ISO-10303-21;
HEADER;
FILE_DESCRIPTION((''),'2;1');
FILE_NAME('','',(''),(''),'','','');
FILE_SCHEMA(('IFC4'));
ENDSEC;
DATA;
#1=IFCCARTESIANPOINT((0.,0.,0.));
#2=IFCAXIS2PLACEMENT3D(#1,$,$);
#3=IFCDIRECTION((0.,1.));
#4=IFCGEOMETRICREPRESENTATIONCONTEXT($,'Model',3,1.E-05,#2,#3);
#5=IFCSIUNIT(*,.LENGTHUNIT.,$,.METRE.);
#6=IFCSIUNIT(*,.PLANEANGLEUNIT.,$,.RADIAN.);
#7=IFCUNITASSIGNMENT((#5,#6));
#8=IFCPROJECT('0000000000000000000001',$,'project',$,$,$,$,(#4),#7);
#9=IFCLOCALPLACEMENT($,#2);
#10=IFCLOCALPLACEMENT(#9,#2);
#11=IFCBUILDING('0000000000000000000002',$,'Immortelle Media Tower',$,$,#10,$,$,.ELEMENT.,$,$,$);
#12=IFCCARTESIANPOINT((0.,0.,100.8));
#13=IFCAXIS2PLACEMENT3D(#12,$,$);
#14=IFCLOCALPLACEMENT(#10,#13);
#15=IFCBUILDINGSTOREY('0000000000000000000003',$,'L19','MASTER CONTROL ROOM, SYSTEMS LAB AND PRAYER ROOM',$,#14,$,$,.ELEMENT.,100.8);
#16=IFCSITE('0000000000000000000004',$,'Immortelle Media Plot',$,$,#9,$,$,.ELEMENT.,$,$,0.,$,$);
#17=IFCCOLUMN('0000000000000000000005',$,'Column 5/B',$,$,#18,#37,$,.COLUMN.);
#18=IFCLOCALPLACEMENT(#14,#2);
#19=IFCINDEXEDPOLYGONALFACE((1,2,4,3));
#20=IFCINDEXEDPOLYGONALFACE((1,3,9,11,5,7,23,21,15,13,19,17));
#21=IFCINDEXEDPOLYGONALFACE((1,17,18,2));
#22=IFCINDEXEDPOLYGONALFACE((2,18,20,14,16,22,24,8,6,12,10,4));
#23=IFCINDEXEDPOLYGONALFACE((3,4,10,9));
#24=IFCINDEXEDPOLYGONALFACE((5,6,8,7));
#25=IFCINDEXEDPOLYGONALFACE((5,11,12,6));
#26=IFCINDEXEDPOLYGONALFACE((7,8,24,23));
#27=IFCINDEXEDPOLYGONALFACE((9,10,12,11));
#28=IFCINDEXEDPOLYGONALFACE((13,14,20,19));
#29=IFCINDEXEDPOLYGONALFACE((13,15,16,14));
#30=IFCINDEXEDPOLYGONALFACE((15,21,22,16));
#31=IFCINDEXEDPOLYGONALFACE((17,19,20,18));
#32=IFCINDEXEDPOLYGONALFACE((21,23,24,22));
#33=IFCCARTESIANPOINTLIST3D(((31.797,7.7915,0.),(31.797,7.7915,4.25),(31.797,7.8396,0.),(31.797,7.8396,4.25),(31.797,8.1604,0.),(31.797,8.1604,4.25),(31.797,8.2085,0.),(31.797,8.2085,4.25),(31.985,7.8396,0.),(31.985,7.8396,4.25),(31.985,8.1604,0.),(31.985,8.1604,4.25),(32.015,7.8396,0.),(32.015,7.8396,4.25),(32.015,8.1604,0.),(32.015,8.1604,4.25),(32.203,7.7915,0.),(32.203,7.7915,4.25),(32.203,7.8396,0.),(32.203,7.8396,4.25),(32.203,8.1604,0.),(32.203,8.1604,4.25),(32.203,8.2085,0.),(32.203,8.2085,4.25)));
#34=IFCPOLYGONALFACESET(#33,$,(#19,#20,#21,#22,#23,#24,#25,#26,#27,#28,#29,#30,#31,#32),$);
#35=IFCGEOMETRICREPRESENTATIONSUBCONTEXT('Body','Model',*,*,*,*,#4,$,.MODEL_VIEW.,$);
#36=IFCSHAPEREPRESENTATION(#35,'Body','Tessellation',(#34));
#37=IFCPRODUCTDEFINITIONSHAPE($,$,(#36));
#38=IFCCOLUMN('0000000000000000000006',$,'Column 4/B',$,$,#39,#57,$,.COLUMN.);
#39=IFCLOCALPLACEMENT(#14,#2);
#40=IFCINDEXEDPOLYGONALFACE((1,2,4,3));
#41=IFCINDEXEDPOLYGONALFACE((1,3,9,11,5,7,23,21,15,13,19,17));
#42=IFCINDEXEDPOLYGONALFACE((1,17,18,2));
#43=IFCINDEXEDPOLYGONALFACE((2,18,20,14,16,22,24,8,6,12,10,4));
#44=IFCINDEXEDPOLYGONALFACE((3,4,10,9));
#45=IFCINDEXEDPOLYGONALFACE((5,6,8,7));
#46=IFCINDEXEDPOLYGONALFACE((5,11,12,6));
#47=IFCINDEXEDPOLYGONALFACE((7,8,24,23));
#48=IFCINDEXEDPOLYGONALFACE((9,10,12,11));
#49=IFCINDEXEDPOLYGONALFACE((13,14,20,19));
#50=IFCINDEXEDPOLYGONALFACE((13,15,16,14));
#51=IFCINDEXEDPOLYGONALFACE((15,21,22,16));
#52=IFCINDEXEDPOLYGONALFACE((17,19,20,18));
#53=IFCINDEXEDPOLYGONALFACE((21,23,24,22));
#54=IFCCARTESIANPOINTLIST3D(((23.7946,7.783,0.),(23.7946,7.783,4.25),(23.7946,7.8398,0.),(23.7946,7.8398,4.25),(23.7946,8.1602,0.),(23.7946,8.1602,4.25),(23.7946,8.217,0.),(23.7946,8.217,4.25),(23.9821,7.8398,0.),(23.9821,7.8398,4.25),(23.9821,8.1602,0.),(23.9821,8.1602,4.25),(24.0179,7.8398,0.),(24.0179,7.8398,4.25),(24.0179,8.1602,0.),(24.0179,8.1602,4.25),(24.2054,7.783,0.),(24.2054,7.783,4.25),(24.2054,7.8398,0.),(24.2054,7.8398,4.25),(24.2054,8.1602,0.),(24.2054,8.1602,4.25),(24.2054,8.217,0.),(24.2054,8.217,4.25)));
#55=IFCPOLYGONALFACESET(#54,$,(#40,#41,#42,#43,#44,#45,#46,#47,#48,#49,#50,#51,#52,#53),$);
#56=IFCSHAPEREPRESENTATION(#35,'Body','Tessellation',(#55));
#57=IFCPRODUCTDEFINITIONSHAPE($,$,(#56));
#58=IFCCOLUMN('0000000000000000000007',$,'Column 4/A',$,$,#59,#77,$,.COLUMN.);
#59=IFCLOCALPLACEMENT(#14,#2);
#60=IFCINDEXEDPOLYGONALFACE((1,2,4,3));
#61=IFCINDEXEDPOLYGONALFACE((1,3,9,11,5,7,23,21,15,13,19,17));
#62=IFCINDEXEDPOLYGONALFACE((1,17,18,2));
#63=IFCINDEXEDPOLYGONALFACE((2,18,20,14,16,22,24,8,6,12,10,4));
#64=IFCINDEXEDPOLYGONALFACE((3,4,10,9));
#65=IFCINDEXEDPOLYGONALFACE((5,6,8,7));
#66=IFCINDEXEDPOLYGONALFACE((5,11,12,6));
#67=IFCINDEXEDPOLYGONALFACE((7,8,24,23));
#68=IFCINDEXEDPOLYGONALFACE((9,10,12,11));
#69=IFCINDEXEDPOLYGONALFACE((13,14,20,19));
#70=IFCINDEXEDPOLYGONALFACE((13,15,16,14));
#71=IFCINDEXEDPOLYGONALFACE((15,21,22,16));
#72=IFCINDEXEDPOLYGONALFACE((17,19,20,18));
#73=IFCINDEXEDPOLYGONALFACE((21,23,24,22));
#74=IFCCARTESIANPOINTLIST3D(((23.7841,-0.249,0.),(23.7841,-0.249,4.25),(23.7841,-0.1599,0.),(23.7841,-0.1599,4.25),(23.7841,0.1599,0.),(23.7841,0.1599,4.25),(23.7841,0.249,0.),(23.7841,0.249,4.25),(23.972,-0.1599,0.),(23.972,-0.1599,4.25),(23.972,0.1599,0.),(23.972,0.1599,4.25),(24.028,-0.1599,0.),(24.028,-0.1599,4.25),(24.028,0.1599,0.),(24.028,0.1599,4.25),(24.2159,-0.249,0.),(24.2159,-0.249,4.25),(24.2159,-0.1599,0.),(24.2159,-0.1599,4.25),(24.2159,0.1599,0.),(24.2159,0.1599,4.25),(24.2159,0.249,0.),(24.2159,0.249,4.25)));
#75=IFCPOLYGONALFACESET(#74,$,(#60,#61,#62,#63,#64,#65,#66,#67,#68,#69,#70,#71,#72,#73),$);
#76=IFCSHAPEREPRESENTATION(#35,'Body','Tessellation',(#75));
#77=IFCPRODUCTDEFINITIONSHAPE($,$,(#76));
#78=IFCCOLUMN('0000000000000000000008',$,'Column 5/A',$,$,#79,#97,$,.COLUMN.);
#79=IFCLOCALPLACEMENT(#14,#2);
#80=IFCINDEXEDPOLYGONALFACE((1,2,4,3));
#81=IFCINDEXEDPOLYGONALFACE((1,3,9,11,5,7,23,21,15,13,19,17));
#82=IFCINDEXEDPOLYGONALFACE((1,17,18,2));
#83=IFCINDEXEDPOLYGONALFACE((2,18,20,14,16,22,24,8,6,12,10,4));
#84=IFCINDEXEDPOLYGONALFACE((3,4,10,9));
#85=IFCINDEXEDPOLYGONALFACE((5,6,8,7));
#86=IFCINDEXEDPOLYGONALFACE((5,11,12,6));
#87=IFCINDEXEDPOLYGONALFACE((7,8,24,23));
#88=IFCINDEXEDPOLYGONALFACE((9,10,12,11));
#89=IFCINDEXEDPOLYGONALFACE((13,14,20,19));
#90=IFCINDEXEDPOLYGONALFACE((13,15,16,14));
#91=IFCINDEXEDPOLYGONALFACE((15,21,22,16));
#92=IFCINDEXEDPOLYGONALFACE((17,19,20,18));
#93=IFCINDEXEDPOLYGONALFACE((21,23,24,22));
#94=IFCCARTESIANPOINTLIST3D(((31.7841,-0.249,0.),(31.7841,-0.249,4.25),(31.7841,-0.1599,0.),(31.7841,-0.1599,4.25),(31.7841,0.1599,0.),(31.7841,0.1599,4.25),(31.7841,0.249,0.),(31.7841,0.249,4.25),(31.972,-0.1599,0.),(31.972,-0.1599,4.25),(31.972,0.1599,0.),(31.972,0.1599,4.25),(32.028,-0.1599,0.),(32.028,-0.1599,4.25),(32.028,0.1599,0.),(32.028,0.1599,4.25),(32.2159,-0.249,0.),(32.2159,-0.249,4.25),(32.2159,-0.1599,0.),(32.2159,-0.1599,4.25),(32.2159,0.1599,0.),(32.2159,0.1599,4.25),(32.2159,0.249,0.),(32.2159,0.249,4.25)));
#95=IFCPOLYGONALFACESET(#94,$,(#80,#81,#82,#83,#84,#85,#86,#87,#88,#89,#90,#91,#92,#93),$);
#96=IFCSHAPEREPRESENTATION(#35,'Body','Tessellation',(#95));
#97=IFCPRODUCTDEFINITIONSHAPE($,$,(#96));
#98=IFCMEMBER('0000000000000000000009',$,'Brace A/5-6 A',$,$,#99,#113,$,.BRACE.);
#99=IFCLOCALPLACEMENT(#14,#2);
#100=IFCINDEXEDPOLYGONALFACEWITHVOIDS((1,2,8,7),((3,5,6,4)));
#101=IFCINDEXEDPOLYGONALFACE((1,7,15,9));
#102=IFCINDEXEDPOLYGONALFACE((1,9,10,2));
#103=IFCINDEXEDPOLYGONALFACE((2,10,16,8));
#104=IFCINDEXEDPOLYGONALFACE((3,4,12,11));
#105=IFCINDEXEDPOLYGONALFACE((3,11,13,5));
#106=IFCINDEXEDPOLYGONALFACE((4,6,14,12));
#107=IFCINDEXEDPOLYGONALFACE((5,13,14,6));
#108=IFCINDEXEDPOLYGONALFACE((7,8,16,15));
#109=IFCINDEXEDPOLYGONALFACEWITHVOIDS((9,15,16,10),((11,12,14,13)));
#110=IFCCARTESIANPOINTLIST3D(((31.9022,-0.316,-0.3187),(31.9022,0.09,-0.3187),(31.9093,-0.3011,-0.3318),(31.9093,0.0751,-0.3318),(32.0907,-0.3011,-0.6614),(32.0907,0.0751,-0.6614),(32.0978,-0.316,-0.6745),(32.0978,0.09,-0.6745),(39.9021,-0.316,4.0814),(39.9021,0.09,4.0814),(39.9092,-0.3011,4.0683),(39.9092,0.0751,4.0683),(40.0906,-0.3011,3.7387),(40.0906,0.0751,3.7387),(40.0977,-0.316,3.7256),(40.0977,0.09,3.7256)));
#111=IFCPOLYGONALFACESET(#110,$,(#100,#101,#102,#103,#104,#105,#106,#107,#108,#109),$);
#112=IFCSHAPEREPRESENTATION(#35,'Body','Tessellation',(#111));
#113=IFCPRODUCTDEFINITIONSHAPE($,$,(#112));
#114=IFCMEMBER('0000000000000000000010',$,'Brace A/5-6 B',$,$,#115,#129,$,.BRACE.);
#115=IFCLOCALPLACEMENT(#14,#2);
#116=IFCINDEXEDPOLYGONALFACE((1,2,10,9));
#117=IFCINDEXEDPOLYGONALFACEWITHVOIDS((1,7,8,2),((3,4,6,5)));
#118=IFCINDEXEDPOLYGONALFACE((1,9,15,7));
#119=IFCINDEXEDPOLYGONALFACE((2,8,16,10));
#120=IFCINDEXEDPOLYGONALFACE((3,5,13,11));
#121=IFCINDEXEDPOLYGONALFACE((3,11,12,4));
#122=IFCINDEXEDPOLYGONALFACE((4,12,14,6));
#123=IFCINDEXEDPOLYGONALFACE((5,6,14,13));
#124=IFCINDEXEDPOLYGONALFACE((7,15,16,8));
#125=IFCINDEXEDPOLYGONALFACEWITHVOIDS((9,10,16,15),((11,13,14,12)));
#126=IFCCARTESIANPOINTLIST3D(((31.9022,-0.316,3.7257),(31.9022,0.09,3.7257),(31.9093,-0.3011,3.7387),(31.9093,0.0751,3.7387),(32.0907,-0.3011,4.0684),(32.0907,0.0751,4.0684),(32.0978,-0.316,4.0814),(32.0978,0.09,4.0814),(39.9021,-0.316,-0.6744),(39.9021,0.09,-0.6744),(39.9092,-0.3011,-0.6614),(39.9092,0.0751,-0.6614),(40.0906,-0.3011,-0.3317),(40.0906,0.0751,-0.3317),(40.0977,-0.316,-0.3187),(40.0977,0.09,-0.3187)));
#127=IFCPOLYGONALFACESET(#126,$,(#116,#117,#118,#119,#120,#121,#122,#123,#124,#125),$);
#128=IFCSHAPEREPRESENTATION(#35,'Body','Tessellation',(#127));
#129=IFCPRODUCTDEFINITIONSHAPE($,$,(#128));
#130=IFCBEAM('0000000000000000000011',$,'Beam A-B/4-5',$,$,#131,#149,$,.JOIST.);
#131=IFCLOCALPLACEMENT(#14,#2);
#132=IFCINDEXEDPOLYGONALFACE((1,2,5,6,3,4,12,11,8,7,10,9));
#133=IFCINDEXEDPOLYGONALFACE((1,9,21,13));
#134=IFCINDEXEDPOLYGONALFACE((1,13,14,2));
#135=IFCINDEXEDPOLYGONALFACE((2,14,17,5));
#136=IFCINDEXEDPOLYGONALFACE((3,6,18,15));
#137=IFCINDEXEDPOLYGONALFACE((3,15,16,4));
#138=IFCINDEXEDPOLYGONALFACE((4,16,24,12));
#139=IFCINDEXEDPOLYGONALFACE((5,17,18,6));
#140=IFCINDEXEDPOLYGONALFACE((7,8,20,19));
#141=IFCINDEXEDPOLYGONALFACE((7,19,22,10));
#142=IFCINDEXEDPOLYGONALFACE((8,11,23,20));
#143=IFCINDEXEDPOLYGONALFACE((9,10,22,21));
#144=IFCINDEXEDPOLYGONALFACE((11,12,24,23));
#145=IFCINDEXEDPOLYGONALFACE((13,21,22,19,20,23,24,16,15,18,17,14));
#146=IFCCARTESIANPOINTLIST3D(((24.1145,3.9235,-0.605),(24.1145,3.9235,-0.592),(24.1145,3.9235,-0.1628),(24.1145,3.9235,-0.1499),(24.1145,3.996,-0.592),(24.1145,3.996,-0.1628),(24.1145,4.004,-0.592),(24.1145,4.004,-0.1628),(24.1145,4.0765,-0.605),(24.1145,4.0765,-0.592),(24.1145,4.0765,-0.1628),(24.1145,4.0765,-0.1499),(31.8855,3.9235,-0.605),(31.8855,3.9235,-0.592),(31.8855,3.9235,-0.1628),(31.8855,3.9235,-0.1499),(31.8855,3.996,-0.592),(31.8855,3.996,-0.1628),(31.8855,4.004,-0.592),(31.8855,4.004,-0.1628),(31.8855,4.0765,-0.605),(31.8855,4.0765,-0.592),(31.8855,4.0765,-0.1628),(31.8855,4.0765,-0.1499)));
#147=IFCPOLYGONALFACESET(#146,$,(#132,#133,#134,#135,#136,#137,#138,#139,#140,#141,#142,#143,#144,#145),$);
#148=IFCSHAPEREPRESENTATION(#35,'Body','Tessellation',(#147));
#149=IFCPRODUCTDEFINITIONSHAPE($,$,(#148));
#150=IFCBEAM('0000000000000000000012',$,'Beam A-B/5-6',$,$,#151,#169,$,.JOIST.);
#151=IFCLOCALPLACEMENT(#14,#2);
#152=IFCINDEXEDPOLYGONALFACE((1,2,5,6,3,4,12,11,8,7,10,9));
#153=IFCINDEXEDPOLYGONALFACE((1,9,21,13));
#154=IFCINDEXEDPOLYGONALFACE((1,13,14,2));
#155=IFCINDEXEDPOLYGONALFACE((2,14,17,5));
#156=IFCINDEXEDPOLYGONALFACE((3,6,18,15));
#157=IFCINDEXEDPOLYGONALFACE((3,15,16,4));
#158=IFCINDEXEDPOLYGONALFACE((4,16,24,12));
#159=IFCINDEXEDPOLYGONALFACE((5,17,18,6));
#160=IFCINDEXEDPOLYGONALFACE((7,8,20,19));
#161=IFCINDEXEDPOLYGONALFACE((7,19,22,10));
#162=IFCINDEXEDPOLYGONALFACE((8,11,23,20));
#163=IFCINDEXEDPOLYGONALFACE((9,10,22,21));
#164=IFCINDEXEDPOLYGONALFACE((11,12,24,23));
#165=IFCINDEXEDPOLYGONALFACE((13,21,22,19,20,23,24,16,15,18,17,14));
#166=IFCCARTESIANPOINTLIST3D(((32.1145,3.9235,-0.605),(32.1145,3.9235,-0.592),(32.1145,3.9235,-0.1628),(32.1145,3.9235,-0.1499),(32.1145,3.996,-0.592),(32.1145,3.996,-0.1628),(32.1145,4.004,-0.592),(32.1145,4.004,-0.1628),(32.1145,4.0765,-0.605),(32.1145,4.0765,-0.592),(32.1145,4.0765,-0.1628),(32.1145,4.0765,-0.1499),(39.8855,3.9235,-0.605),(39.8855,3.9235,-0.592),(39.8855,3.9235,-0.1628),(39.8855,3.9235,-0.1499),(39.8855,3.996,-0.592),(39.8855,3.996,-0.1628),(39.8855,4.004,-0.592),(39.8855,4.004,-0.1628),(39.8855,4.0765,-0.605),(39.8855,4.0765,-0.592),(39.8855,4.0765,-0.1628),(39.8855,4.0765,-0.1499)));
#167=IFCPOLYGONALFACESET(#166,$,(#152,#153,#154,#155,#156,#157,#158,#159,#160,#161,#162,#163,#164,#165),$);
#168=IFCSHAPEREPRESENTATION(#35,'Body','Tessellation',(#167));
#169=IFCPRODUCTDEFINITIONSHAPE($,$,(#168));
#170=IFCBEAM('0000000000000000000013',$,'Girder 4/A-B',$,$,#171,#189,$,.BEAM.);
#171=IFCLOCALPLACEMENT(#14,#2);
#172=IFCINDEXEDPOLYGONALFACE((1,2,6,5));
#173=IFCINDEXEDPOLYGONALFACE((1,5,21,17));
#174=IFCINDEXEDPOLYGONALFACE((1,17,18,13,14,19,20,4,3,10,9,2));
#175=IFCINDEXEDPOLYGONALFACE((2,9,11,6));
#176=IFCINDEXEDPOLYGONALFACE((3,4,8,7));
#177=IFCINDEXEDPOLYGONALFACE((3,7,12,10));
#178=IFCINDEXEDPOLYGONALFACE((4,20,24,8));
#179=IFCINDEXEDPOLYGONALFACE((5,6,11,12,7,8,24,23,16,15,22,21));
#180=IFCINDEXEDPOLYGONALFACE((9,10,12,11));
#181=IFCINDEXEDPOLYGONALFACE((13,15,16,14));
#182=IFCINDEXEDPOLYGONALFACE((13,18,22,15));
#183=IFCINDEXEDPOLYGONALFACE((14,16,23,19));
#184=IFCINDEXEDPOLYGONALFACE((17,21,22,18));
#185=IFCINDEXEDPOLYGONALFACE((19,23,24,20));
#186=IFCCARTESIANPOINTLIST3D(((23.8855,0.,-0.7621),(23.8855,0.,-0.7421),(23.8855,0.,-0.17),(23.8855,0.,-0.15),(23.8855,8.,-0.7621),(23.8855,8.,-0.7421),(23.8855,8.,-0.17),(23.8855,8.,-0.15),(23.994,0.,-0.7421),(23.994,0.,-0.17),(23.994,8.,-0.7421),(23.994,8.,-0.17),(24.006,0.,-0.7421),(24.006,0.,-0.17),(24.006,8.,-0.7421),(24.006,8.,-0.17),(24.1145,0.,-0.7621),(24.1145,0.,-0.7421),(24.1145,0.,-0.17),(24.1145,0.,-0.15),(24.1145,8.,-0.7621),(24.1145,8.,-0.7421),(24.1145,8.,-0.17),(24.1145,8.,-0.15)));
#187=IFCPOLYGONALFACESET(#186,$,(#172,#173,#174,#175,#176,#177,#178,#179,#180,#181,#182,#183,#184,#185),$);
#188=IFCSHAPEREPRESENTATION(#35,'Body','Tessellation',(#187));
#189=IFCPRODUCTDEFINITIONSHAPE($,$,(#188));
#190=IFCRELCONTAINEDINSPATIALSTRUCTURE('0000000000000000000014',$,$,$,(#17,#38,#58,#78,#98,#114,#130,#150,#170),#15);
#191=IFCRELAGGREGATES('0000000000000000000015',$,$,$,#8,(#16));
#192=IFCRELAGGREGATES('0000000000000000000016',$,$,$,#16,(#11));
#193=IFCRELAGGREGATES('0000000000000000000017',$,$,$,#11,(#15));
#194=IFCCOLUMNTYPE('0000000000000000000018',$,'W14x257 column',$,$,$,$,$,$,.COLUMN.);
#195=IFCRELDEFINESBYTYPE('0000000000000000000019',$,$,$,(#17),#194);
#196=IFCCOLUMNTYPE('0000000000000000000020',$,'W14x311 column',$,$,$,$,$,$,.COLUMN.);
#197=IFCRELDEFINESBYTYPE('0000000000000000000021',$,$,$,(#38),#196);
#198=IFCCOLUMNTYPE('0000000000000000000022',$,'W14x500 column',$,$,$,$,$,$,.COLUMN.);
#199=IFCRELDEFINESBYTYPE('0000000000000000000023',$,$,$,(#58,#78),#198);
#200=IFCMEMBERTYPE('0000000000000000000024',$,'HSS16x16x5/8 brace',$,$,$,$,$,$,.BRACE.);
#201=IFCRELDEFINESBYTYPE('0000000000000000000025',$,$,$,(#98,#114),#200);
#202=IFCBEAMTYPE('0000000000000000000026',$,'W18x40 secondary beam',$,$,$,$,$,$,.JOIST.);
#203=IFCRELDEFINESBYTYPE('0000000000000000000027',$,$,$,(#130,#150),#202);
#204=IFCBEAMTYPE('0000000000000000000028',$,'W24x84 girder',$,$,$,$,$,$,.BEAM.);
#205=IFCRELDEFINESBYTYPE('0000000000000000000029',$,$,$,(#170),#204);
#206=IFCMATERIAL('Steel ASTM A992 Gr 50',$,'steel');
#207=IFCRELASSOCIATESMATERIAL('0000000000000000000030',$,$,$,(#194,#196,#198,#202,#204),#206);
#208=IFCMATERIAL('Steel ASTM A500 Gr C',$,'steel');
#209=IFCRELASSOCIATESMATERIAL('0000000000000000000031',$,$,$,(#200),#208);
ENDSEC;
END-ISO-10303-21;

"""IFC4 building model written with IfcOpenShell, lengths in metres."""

from ifc_helpers import new_model, si_unit, direction, frame, origin, origin_2d, place, context, subcontext, project, spatial, hollow_rectangle, i_section, extrude, material, material_profile, profile_set, type_object, element, save


model = new_model("IFC4")

# Units and contexts
model_context = context("Model", 3, precision=1e-05, world=origin(), true_north=direction((0.0, 1.0)))
body_context = subcontext(model_context, "Body", "Model", "MODEL_VIEW")
ifc_project = project(units=[si_unit("LENGTHUNIT", "METRE"), si_unit("PLANEANGLEUNIT", "RADIAN")], contexts=[model_context])

# Site, building, storey
site_placement = place(None, origin())
site = spatial("IfcSite", under=ifc_project, at=site_placement, Name="Immortelle Media Plot", CompositionType="ELEMENT", RefElevation=0.0)
building_placement = place(site_placement, origin())
building = spatial("IfcBuilding", under=site, at=building_placement, Name="Immortelle Media Tower", CompositionType="ELEMENT")
storey_placement = place(building_placement, frame((0.0, 0.0, 100.8)))
storey = spatial("IfcBuildingStorey", under=building, at=storey_placement, Name="L19", Description="MASTER CONTROL ROOM, SYSTEMS LAB AND PRAYER ROOM", CompositionType="ELEMENT", Elevation=100.8)

# Columns
ifc_material_1 = material(Name="Steel ASTM A992 Gr 50", Category="steel")
ifc_material_profile_1 = material_profile(ifc_material_1, i_section(OverallWidth=0.406, OverallDepth=0.417, WebThickness=0.03, FlangeThickness=0.0481, at=origin_2d()), Name="W14x257")
ifc_profile_set_1 = profile_set([ifc_material_profile_1], Name="Steel ASTM A992 Gr 50")
column_type_1 = type_object("IfcColumnType", Name="W14x257 column", PredefinedType="COLUMN", material=ifc_profile_set_1)
column_1_placement = place(storey_placement, frame((32.0, 8.0, 0.0), z_axis=(0.0, 0.0, 1.0), x_axis=(1.0, 0.0, 0.0)))
element("IfcColumn", 1, at=column_1_placement, inside=storey, type_object=column_type_1, Name="Column 5/B", PredefinedType="COLUMN", context=body_context, shape_type="SweptSolid", body=[
    extrude(i_section(OverallWidth=0.406, OverallDepth=0.417, WebThickness=0.03, FlangeThickness=0.0481, at=origin_2d()), origin(), (0.0, 0.0, 1.0), 4.25),
])
ifc_material_profile_2 = material_profile(ifc_material_1, i_section(OverallWidth=0.4109, OverallDepth=0.4341, WebThickness=0.0359, FlangeThickness=0.0569, at=origin_2d()), Name="W14x311")
ifc_profile_set_2 = profile_set([ifc_material_profile_2], Name="Steel ASTM A992 Gr 50")
column_type_2 = type_object("IfcColumnType", Name="W14x311 column", PredefinedType="COLUMN", material=ifc_profile_set_2)
column_2_placement = place(storey_placement, frame((24.0, 8.0, 0.0), z_axis=(0.0, 0.0, 1.0), x_axis=(1.0, 0.0, 0.0)))
element("IfcColumn", 2, at=column_2_placement, inside=storey, type_object=column_type_2, Name="Column 4/B", PredefinedType="COLUMN", context=body_context, shape_type="SweptSolid", body=[
    extrude(i_section(OverallWidth=0.4109, OverallDepth=0.4341, WebThickness=0.0359, FlangeThickness=0.0569, at=origin_2d()), origin(), (0.0, 0.0, 1.0), 4.25),
])
ifc_material_profile_3 = material_profile(ifc_material_1, i_section(OverallWidth=0.4319, OverallDepth=0.498, WebThickness=0.0559, FlangeThickness=0.0891, at=origin_2d()), Name="W14x500")
ifc_profile_set_3 = profile_set([ifc_material_profile_3], Name="Steel ASTM A992 Gr 50")
column_type_3 = type_object("IfcColumnType", Name="W14x500 column", PredefinedType="COLUMN", material=ifc_profile_set_3)
for number, where, z_axis, x_axis, name in (
    (3, (24.0, 0.0, 0.0), (0.0, 0.0, 1.0), (1.0, 0.0, 0.0), "Column 4/A"),
    (4, (32.0, 0.0, 0.0), (0.0, 0.0, 1.0), (1.0, 0.0, 0.0), "Column 5/A"),
):
    element("IfcColumn", number, at=place(storey_placement, frame(where, z_axis=z_axis, x_axis=x_axis)), inside=storey, type_object=column_type_3, Name=name, PredefinedType="COLUMN", context=body_context, shape_type="SweptSolid", body=[
        extrude(i_section(OverallWidth=0.4319, OverallDepth=0.498, WebThickness=0.0559, FlangeThickness=0.0891, at=origin_2d()), origin(), (0.0, 0.0, 1.0), 4.25),
    ])

# Members
ifc_material_2 = material(Name="Steel ASTM A500 Gr C", Category="steel")
ifc_material_profile_4 = material_profile(ifc_material_2, hollow_rectangle(XDim=0.406, YDim=0.406, WallThickness=0.0149, at=origin_2d()), Name="HSS16x16x5/8 brace")
ifc_profile_set_4 = profile_set([ifc_material_profile_4], Name="Steel ASTM A500 Gr C")
member_type = type_object("IfcMemberType", Name="HSS16x16x5/8 brace", PredefinedType="BRACE", material=ifc_profile_set_4)
for number, where, z_axis, x_axis, name in (
    (5, (32.0, -0.113, -0.4966), (0.876209, 0.0, 0.481931), (0.0, 1.0, 0.0), "Brace A/5-6 A"),
    (6, (32.0, -0.113, 3.9036), (0.876209, 0.0, -0.481931), (0.0, 1.0, 0.0), "Brace A/5-6 B"),
):
    element("IfcMember", number, at=place(storey_placement, frame(where, z_axis=z_axis, x_axis=x_axis)), inside=storey, type_object=member_type, Name=name, PredefinedType="BRACE", context=body_context, shape_type="SweptSolid", body=[
        extrude(hollow_rectangle(XDim=0.406, YDim=0.406, WallThickness=0.0149, at=origin_2d()), origin(), (0.0, 0.0, 1.0), 9.1301),
    ])

# Beams
ifc_material_profile_5 = material_profile(ifc_material_1, i_section(OverallWidth=0.1531, OverallDepth=0.4551, WebThickness=0.0081, FlangeThickness=0.0129, at=origin_2d()), Name="W18x40")
ifc_profile_set_5 = profile_set([ifc_material_profile_5], Name="Steel ASTM A992 Gr 50")
beam_type_1 = type_object("IfcBeamType", Name="W18x40 secondary beam", PredefinedType="JOIST", material=ifc_profile_set_5)
for number, where, z_axis, x_axis, name in (
    (7, (24.1145, 4.0, -0.3774), (1.0, 0.0, 0.0), (0.0, 1.0, 0.0), "Beam A-B/4-5"),
    (8, (32.1145, 4.0, -0.3774), (1.0, 0.0, 0.0), (0.0, 1.0, 0.0), "Beam A-B/5-6"),
):
    element("IfcBeam", number, at=place(storey_placement, frame(where, z_axis=z_axis, x_axis=x_axis)), inside=storey, type_object=beam_type_1, Name=name, PredefinedType="JOIST", context=body_context, shape_type="SweptSolid", body=[
        extrude(i_section(OverallWidth=0.1531, OverallDepth=0.4551, WebThickness=0.0081, FlangeThickness=0.0129, at=origin_2d()), origin(), (0.0, 0.0, 1.0), 7.771),
    ])
ifc_material_profile_6 = material_profile(ifc_material_1, i_section(OverallWidth=0.229, OverallDepth=0.6121, WebThickness=0.012, FlangeThickness=0.02, at=origin_2d()), Name="W24x84")
ifc_profile_set_6 = profile_set([ifc_material_profile_6], Name="Steel ASTM A992 Gr 50")
beam_type_2 = type_object("IfcBeamType", Name="W24x84 girder", PredefinedType="BEAM", material=ifc_profile_set_6)
for number, where, z_axis, x_axis, name in (
    (9, (24.0, 0.0, -0.4561), (0.0, 1.0, 0.0), (-1.0, 0.0, 0.0), "Girder 4/A-B"),
):
    element("IfcBeam", number, at=place(storey_placement, frame(where, z_axis=z_axis, x_axis=x_axis)), inside=storey, type_object=beam_type_2, Name=name, PredefinedType="BEAM", context=body_context, shape_type="SweptSolid", body=[
        extrude(i_section(OverallWidth=0.229, OverallDepth=0.6121, WebThickness=0.012, FlangeThickness=0.02, at=origin_2d()), origin(), (0.0, 0.0, 1.0), 8.0),
    ])

save(model, "model.ifc")
